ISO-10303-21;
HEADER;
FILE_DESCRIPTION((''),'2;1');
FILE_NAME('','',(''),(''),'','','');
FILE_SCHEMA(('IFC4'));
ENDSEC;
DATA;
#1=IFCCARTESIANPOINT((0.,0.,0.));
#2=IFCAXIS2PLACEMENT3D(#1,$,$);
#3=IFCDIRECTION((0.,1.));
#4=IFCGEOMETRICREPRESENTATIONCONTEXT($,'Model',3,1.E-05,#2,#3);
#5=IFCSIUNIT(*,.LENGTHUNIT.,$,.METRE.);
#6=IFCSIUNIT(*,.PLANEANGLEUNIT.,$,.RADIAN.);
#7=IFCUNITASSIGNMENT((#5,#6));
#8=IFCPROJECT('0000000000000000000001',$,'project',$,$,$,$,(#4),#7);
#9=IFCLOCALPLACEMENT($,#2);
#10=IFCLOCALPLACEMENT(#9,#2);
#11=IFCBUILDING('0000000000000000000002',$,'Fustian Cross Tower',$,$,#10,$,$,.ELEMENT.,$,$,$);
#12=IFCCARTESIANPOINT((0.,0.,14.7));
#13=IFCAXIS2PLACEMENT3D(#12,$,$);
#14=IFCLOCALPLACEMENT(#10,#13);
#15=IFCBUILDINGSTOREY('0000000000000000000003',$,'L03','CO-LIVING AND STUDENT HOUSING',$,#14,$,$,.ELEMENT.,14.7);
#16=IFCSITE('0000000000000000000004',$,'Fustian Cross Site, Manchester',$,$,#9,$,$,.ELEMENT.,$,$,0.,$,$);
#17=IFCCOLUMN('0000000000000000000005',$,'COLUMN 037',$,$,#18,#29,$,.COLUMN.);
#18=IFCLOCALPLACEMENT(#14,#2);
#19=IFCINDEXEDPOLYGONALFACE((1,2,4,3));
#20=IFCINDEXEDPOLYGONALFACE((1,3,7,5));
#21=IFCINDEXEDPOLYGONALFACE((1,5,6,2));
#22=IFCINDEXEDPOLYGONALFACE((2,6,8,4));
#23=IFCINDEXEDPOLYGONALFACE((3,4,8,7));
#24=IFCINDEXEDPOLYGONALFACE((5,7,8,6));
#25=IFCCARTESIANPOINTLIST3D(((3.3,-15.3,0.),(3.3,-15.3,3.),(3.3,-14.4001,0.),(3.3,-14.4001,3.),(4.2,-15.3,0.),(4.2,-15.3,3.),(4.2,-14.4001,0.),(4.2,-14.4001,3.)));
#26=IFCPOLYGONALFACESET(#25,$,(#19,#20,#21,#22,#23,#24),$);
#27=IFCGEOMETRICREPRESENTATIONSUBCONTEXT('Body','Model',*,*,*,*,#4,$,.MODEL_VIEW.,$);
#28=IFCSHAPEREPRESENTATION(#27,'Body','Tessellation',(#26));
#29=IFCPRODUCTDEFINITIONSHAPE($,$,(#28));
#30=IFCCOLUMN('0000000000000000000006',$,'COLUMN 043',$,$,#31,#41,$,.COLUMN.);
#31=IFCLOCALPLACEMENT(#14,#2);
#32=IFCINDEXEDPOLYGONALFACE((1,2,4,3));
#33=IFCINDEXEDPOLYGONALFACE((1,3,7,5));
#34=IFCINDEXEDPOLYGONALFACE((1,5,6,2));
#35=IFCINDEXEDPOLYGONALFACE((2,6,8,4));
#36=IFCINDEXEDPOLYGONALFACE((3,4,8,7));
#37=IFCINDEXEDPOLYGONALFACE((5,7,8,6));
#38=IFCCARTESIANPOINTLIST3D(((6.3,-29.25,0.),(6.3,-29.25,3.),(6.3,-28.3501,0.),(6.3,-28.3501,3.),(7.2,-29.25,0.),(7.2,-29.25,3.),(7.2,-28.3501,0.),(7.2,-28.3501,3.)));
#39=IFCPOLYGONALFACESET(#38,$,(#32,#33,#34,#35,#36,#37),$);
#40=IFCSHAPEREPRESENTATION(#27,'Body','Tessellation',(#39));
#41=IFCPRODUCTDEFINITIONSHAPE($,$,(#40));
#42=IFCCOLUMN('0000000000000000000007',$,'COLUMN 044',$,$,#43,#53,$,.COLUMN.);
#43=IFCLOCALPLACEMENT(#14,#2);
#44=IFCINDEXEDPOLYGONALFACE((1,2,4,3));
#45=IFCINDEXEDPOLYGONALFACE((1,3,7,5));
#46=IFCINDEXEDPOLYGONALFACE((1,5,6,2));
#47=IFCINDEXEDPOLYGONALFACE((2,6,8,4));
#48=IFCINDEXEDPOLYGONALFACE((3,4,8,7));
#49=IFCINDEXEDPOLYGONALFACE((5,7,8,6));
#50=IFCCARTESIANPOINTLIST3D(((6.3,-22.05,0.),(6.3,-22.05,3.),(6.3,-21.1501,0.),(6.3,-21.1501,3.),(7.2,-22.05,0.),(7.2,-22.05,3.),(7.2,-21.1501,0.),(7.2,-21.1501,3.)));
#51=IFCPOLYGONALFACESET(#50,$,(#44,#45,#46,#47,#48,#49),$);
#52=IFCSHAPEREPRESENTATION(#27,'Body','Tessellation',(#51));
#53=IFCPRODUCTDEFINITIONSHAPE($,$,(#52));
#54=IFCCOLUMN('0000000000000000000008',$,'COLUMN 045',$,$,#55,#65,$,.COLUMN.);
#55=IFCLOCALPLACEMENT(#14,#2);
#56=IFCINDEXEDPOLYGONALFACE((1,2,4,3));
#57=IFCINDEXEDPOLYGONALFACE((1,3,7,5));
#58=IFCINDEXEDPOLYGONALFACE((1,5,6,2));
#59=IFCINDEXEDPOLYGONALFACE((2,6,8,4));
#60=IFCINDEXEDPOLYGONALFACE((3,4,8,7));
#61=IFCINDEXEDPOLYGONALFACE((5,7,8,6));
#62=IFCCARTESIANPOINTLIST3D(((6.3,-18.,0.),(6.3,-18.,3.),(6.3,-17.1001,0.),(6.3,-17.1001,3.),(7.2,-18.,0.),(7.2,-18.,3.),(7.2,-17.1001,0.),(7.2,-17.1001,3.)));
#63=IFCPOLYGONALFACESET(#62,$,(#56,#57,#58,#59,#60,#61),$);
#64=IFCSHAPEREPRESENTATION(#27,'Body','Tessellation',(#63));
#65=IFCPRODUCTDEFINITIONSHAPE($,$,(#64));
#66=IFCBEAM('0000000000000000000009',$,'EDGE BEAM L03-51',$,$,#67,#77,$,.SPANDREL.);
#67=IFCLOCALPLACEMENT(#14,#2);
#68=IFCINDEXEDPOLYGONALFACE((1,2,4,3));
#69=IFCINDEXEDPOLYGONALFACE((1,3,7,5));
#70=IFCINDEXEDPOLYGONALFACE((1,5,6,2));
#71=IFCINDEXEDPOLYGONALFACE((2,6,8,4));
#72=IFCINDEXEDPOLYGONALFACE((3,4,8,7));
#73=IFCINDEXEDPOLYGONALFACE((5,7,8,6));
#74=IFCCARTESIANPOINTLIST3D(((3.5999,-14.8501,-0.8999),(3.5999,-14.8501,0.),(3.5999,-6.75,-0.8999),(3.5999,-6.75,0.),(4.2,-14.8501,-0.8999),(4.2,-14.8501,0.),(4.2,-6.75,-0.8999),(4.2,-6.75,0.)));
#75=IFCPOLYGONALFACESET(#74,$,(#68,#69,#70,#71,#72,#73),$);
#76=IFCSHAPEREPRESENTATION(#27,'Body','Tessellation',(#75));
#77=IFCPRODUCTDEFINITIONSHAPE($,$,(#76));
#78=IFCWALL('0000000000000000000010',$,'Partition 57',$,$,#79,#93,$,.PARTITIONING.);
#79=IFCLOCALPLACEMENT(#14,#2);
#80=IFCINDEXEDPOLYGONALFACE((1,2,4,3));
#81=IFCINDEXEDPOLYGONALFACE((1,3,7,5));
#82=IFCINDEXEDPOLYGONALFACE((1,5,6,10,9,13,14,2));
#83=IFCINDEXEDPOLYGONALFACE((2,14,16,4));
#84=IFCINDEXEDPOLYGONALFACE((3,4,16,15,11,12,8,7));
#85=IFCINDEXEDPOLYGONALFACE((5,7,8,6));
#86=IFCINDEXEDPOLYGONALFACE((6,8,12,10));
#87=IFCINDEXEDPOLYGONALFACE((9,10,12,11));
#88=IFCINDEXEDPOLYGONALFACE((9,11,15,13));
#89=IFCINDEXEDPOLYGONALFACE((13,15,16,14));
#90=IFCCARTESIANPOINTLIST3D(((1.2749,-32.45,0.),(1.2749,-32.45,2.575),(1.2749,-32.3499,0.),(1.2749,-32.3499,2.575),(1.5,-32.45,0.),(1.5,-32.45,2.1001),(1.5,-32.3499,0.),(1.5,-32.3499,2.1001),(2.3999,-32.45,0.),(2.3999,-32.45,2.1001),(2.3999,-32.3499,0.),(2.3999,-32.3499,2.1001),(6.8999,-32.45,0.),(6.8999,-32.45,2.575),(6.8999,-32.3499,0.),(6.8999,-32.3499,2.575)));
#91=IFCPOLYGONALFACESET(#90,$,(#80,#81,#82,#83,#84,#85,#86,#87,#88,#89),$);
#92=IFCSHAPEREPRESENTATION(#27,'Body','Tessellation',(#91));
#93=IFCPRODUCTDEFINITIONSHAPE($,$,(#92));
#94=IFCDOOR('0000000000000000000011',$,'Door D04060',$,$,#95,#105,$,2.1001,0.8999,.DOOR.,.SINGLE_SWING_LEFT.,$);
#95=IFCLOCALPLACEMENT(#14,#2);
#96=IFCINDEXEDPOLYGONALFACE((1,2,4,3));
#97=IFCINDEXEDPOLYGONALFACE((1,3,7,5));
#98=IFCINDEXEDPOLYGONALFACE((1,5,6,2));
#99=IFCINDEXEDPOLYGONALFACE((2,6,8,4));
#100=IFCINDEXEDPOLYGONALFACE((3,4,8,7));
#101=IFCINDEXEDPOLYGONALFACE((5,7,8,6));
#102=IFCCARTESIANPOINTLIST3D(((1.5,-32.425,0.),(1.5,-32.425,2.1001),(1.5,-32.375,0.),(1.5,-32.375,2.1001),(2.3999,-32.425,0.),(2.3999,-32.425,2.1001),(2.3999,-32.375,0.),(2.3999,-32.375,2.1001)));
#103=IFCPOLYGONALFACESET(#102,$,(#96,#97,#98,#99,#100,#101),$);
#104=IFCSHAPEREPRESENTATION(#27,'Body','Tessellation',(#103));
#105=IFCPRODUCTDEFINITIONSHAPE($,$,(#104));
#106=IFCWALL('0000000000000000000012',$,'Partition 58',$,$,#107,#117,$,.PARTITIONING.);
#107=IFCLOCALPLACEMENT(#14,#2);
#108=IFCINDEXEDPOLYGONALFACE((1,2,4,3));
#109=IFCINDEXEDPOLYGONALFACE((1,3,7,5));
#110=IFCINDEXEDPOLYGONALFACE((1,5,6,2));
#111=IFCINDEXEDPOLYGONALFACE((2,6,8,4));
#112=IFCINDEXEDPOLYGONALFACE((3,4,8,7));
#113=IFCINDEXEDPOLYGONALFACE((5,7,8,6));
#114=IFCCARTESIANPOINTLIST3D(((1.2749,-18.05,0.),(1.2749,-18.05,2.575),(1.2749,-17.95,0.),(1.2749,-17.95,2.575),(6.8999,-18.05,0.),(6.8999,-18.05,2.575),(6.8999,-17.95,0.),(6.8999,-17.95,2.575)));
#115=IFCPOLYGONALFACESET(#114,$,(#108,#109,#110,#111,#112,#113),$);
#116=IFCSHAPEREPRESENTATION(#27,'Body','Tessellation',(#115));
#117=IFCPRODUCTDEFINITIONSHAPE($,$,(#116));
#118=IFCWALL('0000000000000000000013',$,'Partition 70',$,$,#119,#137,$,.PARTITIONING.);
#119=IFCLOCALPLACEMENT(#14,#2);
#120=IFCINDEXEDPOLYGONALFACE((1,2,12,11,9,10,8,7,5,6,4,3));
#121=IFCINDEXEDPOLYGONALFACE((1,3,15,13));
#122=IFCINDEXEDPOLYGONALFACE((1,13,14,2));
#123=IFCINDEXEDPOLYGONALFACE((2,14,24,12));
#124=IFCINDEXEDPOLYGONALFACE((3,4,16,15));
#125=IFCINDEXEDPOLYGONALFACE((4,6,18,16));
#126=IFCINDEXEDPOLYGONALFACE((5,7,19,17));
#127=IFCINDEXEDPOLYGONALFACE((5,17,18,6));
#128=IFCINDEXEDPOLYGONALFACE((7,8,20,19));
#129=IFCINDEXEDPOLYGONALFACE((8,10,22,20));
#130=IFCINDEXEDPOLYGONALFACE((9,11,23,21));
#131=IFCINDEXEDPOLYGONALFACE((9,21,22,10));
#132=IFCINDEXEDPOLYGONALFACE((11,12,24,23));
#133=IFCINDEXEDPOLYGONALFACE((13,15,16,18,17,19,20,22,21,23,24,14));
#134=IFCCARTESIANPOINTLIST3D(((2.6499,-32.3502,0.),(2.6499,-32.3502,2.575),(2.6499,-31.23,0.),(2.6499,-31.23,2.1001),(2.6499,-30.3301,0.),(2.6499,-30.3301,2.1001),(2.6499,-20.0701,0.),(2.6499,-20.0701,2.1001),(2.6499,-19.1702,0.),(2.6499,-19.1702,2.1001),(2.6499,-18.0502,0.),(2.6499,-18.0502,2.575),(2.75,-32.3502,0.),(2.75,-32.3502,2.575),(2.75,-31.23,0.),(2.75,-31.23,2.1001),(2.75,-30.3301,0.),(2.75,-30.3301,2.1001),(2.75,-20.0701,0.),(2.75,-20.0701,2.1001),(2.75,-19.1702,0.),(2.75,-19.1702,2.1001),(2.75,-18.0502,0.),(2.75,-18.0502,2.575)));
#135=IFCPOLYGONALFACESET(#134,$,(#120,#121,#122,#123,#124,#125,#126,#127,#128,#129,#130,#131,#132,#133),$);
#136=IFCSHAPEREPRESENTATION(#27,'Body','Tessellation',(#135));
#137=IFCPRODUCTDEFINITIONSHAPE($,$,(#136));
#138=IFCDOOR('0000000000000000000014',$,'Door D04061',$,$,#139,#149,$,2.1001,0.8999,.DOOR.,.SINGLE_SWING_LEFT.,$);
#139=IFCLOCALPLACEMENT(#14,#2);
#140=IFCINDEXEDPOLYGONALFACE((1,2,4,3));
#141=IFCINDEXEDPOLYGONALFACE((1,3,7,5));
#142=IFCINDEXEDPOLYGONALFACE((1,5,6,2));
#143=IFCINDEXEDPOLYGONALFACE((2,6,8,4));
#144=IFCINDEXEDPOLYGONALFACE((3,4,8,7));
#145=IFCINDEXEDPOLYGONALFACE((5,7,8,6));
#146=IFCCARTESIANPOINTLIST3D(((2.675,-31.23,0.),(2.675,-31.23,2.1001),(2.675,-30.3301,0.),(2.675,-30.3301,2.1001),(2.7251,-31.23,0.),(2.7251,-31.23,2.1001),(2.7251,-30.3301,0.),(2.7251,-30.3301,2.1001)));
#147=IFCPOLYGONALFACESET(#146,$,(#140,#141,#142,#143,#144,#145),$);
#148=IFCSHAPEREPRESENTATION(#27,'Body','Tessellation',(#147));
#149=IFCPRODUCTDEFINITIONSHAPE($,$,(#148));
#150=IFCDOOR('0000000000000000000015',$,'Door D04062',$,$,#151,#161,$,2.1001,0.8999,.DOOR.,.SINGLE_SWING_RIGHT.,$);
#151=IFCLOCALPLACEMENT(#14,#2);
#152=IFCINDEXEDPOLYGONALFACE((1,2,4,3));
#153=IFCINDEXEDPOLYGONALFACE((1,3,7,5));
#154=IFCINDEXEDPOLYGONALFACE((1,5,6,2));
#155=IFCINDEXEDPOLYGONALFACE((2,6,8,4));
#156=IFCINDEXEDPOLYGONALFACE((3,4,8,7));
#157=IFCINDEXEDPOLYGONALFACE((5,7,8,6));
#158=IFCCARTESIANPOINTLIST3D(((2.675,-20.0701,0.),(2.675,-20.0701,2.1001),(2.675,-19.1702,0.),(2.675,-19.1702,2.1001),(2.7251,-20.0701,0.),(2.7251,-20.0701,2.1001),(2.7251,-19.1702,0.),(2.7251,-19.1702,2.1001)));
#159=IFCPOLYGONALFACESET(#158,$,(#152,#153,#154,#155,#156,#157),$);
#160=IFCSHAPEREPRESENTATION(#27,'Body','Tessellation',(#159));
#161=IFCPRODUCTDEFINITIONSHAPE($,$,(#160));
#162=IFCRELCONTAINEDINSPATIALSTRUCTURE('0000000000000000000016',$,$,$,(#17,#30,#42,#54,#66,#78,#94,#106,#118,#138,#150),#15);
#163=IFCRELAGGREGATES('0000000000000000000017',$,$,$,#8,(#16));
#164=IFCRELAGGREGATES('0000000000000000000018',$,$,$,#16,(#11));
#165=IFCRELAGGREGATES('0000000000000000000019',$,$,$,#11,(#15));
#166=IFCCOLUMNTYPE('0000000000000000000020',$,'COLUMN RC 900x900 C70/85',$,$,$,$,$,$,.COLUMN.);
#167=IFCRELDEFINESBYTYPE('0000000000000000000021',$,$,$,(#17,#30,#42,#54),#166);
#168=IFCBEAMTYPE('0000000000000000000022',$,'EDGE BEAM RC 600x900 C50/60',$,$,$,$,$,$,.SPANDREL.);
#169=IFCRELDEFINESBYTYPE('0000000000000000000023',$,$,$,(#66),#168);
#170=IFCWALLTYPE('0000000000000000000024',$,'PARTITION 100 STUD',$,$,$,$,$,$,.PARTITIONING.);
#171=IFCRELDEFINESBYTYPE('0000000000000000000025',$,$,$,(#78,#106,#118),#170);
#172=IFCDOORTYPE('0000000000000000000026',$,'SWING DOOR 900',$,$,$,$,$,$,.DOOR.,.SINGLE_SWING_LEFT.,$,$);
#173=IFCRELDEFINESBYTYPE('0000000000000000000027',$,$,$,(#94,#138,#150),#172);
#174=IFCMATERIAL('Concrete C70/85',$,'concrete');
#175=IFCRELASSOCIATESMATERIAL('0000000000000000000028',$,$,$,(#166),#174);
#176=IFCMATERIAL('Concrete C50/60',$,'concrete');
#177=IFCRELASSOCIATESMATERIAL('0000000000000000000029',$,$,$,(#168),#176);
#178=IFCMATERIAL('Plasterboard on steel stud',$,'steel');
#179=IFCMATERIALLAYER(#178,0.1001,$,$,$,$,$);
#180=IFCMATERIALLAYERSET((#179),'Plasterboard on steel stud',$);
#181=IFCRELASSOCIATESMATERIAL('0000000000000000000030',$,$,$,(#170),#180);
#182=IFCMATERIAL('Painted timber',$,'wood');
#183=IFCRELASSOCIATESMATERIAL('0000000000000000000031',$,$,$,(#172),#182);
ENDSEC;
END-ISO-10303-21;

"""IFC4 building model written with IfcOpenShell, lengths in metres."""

from ifc_helpers import new_model, si_unit, direction, frame, frame_2d, origin, origin_2d, place, context, subcontext, project, spatial, rectangle, extrude, material, layer, layer_set, material_profile, profile_set, type_object, element, fill, save


model = new_model("IFC4")

# Units and contexts
model_context = context("Model", 3, precision=1e-05, world=origin(), true_north=direction((0.0, 1.0)))
body_context = subcontext(model_context, "Body", "Model", "MODEL_VIEW")
ifc_project = project(units=[si_unit("LENGTHUNIT", "METRE"), si_unit("PLANEANGLEUNIT", "RADIAN")], contexts=[model_context])

# Site, building, storey
site_placement = place(None, origin())
site = spatial("IfcSite", under=ifc_project, at=site_placement, Name="Fustian Cross Site, Manchester", CompositionType="ELEMENT", RefElevation=0.0)
building_placement = place(site_placement, origin())
building = spatial("IfcBuilding", under=site, at=building_placement, Name="Fustian Cross Tower", CompositionType="ELEMENT")
storey_placement = place(building_placement, frame((0.0, 0.0, 14.7)))
storey = spatial("IfcBuildingStorey", under=building, at=storey_placement, Name="L03", Description="CO-LIVING AND STUDENT HOUSING", CompositionType="ELEMENT", Elevation=14.7)

# Columns
ifc_material_1 = material(Name="Concrete C70/85", Category="concrete")
ifc_material_profile_1 = material_profile(ifc_material_1, rectangle(XDim=0.8999, YDim=0.8999, at=origin_2d()), Name="RC 900x900")
ifc_profile_set_1 = profile_set([ifc_material_profile_1], Name="Concrete C70/85")
column_type = type_object("IfcColumnType", Name="COLUMN RC 900x900 C70/85", PredefinedType="COLUMN", material=ifc_profile_set_1)
for number, where, z_axis, x_axis, name in (
    (1, (3.75, -14.8501, 0.0), (0.0, 0.0, 1.0), (1.0, 0.0, 0.0), "COLUMN 037"),
    (2, (6.75, -28.8, 0.0), (0.0, 0.0, 1.0), (1.0, 0.0, 0.0), "COLUMN 043"),
    (3, (6.75, -21.6001, 0.0), (0.0, 0.0, 1.0), (1.0, 0.0, 0.0), "COLUMN 044"),
    (4, (6.75, -17.55, 0.0), (0.0, 0.0, 1.0), (1.0, 0.0, 0.0), "COLUMN 045"),
):
    element("IfcColumn", number, at=place(storey_placement, frame(where, z_axis=z_axis, x_axis=x_axis)), inside=storey, type_object=column_type, Name=name, PredefinedType="COLUMN", context=body_context, shape_type="SweptSolid", body=[
        extrude(rectangle(XDim=0.8999, YDim=0.8999, at=origin_2d()), origin(), (0.0, 0.0, 1.0), 3.0),
    ])

# Beam
ifc_material_2 = material(Name="Concrete C50/60", Category="concrete")
ifc_material_profile_2 = material_profile(ifc_material_2, rectangle(XDim=0.6001, YDim=0.8999, at=origin_2d()), Name="RC 600x900")
ifc_profile_set_2 = profile_set([ifc_material_profile_2], Name="Concrete C50/60")
beam_type = type_object("IfcBeamType", Name="EDGE BEAM RC 600x900 C50/60", PredefinedType="SPANDREL", material=ifc_profile_set_2)
beam_placement = place(storey_placement, frame((3.8999, -14.8501, -0.45), z_axis=(0.0, 1.0, 0.0), x_axis=(-1.0, 0.0, 0.0)))
element("IfcBeam", 5, at=beam_placement, inside=storey, type_object=beam_type, Name="EDGE BEAM L03-51", PredefinedType="SPANDREL", context=body_context, shape_type="SweptSolid", body=[
    extrude(rectangle(XDim=0.6001, YDim=0.8999, at=origin_2d()), origin(), (0.0, 0.0, 1.0), 8.1001),
])

# Wall, opening, door
ifc_material_3 = material(Name="Plasterboard on steel stud", Category="steel")
ifc_layer = layer(ifc_material_3, 0.1001)
ifc_layer_set = layer_set([ifc_layer], Name="Plasterboard on steel stud")
wall_type = type_object("IfcWallType", Name="PARTITION 100 STUD", PredefinedType="PARTITIONING", material=ifc_layer_set)
wall_1_placement = place(storey_placement, frame((1.2749, -32.3999, 0.0), z_axis=(0.0, 0.0, 1.0), x_axis=(1.0, 0.0, 0.0)))
wall_1 = element("IfcWall", 6, at=wall_1_placement, inside=storey, type_object=wall_type, Name="Partition 57", PredefinedType="PARTITIONING", context=body_context, shape_type="SweptSolid", body=[
    extrude(rectangle(XDim=5.625, YDim=0.1001, at=frame_2d((2.8125, 0.0))), origin(), (0.0, 0.0, 1.0), 2.575),
])
opening_1_placement = place(wall_1_placement, frame((0.2251, 0.0, 0.0)))
opening_1 = element("IfcOpeningElement", 7, at=opening_1_placement, cuts=wall_1, PredefinedType="OPENING", context=body_context, shape_type="SweptSolid", body=[
    extrude(rectangle(XDim=0.8999, YDim=2.1001, at=frame_2d((0.45, 1.05))), frame((0.0, 0.0601, 0.0), z_axis=(0.0, -1.0, 0.0), x_axis=(1.0, 0.0, 0.0)), (0.0, 0.0, 1.0), 0.1201),
])
ifc_material_4 = material(Name="Painted timber", Category="wood")
door_type_1 = type_object("IfcDoorType", Name="SWING DOOR 900", OperationType="SINGLE_SWING_LEFT", PredefinedType="DOOR", material=ifc_material_4)
door_1_placement = place(opening_1_placement, origin())
door_1 = element("IfcDoor", 8, at=door_1_placement, inside=storey, type_object=door_type_1, Name="Door D04060", OperationType="SINGLE_SWING_LEFT", OverallHeight=2.1001, OverallWidth=0.8999, PredefinedType="DOOR", context=body_context, shape_type="SweptSolid", body=[
    extrude(rectangle(XDim=0.8999, YDim=2.1001, at=frame_2d((0.45, 1.05))), frame((0.0, 0.0249, 0.0), z_axis=(0.0, -1.0, 0.0), x_axis=(1.0, 0.0, 0.0)), (0.0, 0.0, 1.0), 0.05),
])
fill(opening_1, door_1)

# Wall
wall_2_placement = place(storey_placement, frame((1.2749, -18.0, 0.0), z_axis=(0.0, 0.0, 1.0), x_axis=(1.0, 0.0, 0.0)))
element("IfcWall", 9, at=wall_2_placement, inside=storey, type_object=wall_type, Name="Partition 58", PredefinedType="PARTITIONING", context=body_context, shape_type="SweptSolid", body=[
    extrude(rectangle(XDim=5.625, YDim=0.1001, at=frame_2d((2.8125, 0.0))), origin(), (0.0, 0.0, 1.0), 2.575),
])

# Wall, openings, doors
wall_3_placement = place(storey_placement, frame((2.7, -32.3501, 0.0), z_axis=(0.0, 0.0, 1.0), x_axis=(0.0, 1.0, 0.0)))
wall_3 = element("IfcWall", 10, at=wall_3_placement, inside=storey, type_object=wall_type, Name="Partition 70", PredefinedType="PARTITIONING", context=body_context, shape_type="SweptSolid", body=[
    extrude(rectangle(XDim=14.3, YDim=0.1001, at=frame_2d((7.1499, 0.0))), origin(), (0.0, 0.0, 1.0), 2.575),
])
opening_2_placement = place(wall_3_placement, frame((1.1201, 0.0, 0.0)))
opening_2 = element("IfcOpeningElement", 11, at=opening_2_placement, cuts=wall_3, PredefinedType="OPENING", context=body_context, shape_type="SweptSolid", body=[
    extrude(rectangle(XDim=0.8999, YDim=2.1001, at=frame_2d((0.45, 1.05))), frame((0.0, 0.0601, 0.0), z_axis=(0.0, -1.0, 0.0), x_axis=(1.0, 0.0, 0.0)), (0.0, 0.0, 1.0), 0.1201),
])
opening_3_placement = place(wall_3_placement, frame((12.28, 0.0, 0.0)))
opening_3 = element("IfcOpeningElement", 12, at=opening_3_placement, cuts=wall_3, PredefinedType="OPENING", context=body_context, shape_type="SweptSolid", body=[
    extrude(rectangle(XDim=0.8999, YDim=2.1001, at=frame_2d((0.45, 1.05))), frame((0.0, 0.0601, 0.0), z_axis=(0.0, -1.0, 0.0), x_axis=(1.0, 0.0, 0.0)), (0.0, 0.0, 1.0), 0.1201),
])
door_2_placement = place(opening_2_placement, origin())
door_2 = element("IfcDoor", 13, at=door_2_placement, inside=storey, type_object=door_type_1, Name="Door D04061", OperationType="SINGLE_SWING_LEFT", OverallHeight=2.1001, OverallWidth=0.8999, PredefinedType="DOOR", context=body_context, shape_type="SweptSolid", body=[
    extrude(rectangle(XDim=0.8999, YDim=2.1001, at=frame_2d((0.45, 1.05))), frame((0.0, 0.0249, 0.0), z_axis=(0.0, -1.0, 0.0), x_axis=(1.0, 0.0, 0.0)), (0.0, 0.0, 1.0), 0.05),
])
fill(opening_2, door_2)
door_3_placement = place(opening_3_placement, origin())
door_3 = element("IfcDoor", 14, at=door_3_placement, inside=storey, type_object=door_type_1, Name="Door D04062", OperationType="SINGLE_SWING_RIGHT", OverallHeight=2.1001, OverallWidth=0.8999, PredefinedType="DOOR", context=body_context, shape_type="SweptSolid", body=[
    extrude(rectangle(XDim=0.8999, YDim=2.1001, at=frame_2d((0.45, 1.05))), frame((0.0, 0.0249, 0.0), z_axis=(0.0, -1.0, 0.0), x_axis=(1.0, 0.0, 0.0)), (0.0, 0.0, 1.0), 0.05),
])
fill(opening_3, door_3)

save(model, "model.ifc")
